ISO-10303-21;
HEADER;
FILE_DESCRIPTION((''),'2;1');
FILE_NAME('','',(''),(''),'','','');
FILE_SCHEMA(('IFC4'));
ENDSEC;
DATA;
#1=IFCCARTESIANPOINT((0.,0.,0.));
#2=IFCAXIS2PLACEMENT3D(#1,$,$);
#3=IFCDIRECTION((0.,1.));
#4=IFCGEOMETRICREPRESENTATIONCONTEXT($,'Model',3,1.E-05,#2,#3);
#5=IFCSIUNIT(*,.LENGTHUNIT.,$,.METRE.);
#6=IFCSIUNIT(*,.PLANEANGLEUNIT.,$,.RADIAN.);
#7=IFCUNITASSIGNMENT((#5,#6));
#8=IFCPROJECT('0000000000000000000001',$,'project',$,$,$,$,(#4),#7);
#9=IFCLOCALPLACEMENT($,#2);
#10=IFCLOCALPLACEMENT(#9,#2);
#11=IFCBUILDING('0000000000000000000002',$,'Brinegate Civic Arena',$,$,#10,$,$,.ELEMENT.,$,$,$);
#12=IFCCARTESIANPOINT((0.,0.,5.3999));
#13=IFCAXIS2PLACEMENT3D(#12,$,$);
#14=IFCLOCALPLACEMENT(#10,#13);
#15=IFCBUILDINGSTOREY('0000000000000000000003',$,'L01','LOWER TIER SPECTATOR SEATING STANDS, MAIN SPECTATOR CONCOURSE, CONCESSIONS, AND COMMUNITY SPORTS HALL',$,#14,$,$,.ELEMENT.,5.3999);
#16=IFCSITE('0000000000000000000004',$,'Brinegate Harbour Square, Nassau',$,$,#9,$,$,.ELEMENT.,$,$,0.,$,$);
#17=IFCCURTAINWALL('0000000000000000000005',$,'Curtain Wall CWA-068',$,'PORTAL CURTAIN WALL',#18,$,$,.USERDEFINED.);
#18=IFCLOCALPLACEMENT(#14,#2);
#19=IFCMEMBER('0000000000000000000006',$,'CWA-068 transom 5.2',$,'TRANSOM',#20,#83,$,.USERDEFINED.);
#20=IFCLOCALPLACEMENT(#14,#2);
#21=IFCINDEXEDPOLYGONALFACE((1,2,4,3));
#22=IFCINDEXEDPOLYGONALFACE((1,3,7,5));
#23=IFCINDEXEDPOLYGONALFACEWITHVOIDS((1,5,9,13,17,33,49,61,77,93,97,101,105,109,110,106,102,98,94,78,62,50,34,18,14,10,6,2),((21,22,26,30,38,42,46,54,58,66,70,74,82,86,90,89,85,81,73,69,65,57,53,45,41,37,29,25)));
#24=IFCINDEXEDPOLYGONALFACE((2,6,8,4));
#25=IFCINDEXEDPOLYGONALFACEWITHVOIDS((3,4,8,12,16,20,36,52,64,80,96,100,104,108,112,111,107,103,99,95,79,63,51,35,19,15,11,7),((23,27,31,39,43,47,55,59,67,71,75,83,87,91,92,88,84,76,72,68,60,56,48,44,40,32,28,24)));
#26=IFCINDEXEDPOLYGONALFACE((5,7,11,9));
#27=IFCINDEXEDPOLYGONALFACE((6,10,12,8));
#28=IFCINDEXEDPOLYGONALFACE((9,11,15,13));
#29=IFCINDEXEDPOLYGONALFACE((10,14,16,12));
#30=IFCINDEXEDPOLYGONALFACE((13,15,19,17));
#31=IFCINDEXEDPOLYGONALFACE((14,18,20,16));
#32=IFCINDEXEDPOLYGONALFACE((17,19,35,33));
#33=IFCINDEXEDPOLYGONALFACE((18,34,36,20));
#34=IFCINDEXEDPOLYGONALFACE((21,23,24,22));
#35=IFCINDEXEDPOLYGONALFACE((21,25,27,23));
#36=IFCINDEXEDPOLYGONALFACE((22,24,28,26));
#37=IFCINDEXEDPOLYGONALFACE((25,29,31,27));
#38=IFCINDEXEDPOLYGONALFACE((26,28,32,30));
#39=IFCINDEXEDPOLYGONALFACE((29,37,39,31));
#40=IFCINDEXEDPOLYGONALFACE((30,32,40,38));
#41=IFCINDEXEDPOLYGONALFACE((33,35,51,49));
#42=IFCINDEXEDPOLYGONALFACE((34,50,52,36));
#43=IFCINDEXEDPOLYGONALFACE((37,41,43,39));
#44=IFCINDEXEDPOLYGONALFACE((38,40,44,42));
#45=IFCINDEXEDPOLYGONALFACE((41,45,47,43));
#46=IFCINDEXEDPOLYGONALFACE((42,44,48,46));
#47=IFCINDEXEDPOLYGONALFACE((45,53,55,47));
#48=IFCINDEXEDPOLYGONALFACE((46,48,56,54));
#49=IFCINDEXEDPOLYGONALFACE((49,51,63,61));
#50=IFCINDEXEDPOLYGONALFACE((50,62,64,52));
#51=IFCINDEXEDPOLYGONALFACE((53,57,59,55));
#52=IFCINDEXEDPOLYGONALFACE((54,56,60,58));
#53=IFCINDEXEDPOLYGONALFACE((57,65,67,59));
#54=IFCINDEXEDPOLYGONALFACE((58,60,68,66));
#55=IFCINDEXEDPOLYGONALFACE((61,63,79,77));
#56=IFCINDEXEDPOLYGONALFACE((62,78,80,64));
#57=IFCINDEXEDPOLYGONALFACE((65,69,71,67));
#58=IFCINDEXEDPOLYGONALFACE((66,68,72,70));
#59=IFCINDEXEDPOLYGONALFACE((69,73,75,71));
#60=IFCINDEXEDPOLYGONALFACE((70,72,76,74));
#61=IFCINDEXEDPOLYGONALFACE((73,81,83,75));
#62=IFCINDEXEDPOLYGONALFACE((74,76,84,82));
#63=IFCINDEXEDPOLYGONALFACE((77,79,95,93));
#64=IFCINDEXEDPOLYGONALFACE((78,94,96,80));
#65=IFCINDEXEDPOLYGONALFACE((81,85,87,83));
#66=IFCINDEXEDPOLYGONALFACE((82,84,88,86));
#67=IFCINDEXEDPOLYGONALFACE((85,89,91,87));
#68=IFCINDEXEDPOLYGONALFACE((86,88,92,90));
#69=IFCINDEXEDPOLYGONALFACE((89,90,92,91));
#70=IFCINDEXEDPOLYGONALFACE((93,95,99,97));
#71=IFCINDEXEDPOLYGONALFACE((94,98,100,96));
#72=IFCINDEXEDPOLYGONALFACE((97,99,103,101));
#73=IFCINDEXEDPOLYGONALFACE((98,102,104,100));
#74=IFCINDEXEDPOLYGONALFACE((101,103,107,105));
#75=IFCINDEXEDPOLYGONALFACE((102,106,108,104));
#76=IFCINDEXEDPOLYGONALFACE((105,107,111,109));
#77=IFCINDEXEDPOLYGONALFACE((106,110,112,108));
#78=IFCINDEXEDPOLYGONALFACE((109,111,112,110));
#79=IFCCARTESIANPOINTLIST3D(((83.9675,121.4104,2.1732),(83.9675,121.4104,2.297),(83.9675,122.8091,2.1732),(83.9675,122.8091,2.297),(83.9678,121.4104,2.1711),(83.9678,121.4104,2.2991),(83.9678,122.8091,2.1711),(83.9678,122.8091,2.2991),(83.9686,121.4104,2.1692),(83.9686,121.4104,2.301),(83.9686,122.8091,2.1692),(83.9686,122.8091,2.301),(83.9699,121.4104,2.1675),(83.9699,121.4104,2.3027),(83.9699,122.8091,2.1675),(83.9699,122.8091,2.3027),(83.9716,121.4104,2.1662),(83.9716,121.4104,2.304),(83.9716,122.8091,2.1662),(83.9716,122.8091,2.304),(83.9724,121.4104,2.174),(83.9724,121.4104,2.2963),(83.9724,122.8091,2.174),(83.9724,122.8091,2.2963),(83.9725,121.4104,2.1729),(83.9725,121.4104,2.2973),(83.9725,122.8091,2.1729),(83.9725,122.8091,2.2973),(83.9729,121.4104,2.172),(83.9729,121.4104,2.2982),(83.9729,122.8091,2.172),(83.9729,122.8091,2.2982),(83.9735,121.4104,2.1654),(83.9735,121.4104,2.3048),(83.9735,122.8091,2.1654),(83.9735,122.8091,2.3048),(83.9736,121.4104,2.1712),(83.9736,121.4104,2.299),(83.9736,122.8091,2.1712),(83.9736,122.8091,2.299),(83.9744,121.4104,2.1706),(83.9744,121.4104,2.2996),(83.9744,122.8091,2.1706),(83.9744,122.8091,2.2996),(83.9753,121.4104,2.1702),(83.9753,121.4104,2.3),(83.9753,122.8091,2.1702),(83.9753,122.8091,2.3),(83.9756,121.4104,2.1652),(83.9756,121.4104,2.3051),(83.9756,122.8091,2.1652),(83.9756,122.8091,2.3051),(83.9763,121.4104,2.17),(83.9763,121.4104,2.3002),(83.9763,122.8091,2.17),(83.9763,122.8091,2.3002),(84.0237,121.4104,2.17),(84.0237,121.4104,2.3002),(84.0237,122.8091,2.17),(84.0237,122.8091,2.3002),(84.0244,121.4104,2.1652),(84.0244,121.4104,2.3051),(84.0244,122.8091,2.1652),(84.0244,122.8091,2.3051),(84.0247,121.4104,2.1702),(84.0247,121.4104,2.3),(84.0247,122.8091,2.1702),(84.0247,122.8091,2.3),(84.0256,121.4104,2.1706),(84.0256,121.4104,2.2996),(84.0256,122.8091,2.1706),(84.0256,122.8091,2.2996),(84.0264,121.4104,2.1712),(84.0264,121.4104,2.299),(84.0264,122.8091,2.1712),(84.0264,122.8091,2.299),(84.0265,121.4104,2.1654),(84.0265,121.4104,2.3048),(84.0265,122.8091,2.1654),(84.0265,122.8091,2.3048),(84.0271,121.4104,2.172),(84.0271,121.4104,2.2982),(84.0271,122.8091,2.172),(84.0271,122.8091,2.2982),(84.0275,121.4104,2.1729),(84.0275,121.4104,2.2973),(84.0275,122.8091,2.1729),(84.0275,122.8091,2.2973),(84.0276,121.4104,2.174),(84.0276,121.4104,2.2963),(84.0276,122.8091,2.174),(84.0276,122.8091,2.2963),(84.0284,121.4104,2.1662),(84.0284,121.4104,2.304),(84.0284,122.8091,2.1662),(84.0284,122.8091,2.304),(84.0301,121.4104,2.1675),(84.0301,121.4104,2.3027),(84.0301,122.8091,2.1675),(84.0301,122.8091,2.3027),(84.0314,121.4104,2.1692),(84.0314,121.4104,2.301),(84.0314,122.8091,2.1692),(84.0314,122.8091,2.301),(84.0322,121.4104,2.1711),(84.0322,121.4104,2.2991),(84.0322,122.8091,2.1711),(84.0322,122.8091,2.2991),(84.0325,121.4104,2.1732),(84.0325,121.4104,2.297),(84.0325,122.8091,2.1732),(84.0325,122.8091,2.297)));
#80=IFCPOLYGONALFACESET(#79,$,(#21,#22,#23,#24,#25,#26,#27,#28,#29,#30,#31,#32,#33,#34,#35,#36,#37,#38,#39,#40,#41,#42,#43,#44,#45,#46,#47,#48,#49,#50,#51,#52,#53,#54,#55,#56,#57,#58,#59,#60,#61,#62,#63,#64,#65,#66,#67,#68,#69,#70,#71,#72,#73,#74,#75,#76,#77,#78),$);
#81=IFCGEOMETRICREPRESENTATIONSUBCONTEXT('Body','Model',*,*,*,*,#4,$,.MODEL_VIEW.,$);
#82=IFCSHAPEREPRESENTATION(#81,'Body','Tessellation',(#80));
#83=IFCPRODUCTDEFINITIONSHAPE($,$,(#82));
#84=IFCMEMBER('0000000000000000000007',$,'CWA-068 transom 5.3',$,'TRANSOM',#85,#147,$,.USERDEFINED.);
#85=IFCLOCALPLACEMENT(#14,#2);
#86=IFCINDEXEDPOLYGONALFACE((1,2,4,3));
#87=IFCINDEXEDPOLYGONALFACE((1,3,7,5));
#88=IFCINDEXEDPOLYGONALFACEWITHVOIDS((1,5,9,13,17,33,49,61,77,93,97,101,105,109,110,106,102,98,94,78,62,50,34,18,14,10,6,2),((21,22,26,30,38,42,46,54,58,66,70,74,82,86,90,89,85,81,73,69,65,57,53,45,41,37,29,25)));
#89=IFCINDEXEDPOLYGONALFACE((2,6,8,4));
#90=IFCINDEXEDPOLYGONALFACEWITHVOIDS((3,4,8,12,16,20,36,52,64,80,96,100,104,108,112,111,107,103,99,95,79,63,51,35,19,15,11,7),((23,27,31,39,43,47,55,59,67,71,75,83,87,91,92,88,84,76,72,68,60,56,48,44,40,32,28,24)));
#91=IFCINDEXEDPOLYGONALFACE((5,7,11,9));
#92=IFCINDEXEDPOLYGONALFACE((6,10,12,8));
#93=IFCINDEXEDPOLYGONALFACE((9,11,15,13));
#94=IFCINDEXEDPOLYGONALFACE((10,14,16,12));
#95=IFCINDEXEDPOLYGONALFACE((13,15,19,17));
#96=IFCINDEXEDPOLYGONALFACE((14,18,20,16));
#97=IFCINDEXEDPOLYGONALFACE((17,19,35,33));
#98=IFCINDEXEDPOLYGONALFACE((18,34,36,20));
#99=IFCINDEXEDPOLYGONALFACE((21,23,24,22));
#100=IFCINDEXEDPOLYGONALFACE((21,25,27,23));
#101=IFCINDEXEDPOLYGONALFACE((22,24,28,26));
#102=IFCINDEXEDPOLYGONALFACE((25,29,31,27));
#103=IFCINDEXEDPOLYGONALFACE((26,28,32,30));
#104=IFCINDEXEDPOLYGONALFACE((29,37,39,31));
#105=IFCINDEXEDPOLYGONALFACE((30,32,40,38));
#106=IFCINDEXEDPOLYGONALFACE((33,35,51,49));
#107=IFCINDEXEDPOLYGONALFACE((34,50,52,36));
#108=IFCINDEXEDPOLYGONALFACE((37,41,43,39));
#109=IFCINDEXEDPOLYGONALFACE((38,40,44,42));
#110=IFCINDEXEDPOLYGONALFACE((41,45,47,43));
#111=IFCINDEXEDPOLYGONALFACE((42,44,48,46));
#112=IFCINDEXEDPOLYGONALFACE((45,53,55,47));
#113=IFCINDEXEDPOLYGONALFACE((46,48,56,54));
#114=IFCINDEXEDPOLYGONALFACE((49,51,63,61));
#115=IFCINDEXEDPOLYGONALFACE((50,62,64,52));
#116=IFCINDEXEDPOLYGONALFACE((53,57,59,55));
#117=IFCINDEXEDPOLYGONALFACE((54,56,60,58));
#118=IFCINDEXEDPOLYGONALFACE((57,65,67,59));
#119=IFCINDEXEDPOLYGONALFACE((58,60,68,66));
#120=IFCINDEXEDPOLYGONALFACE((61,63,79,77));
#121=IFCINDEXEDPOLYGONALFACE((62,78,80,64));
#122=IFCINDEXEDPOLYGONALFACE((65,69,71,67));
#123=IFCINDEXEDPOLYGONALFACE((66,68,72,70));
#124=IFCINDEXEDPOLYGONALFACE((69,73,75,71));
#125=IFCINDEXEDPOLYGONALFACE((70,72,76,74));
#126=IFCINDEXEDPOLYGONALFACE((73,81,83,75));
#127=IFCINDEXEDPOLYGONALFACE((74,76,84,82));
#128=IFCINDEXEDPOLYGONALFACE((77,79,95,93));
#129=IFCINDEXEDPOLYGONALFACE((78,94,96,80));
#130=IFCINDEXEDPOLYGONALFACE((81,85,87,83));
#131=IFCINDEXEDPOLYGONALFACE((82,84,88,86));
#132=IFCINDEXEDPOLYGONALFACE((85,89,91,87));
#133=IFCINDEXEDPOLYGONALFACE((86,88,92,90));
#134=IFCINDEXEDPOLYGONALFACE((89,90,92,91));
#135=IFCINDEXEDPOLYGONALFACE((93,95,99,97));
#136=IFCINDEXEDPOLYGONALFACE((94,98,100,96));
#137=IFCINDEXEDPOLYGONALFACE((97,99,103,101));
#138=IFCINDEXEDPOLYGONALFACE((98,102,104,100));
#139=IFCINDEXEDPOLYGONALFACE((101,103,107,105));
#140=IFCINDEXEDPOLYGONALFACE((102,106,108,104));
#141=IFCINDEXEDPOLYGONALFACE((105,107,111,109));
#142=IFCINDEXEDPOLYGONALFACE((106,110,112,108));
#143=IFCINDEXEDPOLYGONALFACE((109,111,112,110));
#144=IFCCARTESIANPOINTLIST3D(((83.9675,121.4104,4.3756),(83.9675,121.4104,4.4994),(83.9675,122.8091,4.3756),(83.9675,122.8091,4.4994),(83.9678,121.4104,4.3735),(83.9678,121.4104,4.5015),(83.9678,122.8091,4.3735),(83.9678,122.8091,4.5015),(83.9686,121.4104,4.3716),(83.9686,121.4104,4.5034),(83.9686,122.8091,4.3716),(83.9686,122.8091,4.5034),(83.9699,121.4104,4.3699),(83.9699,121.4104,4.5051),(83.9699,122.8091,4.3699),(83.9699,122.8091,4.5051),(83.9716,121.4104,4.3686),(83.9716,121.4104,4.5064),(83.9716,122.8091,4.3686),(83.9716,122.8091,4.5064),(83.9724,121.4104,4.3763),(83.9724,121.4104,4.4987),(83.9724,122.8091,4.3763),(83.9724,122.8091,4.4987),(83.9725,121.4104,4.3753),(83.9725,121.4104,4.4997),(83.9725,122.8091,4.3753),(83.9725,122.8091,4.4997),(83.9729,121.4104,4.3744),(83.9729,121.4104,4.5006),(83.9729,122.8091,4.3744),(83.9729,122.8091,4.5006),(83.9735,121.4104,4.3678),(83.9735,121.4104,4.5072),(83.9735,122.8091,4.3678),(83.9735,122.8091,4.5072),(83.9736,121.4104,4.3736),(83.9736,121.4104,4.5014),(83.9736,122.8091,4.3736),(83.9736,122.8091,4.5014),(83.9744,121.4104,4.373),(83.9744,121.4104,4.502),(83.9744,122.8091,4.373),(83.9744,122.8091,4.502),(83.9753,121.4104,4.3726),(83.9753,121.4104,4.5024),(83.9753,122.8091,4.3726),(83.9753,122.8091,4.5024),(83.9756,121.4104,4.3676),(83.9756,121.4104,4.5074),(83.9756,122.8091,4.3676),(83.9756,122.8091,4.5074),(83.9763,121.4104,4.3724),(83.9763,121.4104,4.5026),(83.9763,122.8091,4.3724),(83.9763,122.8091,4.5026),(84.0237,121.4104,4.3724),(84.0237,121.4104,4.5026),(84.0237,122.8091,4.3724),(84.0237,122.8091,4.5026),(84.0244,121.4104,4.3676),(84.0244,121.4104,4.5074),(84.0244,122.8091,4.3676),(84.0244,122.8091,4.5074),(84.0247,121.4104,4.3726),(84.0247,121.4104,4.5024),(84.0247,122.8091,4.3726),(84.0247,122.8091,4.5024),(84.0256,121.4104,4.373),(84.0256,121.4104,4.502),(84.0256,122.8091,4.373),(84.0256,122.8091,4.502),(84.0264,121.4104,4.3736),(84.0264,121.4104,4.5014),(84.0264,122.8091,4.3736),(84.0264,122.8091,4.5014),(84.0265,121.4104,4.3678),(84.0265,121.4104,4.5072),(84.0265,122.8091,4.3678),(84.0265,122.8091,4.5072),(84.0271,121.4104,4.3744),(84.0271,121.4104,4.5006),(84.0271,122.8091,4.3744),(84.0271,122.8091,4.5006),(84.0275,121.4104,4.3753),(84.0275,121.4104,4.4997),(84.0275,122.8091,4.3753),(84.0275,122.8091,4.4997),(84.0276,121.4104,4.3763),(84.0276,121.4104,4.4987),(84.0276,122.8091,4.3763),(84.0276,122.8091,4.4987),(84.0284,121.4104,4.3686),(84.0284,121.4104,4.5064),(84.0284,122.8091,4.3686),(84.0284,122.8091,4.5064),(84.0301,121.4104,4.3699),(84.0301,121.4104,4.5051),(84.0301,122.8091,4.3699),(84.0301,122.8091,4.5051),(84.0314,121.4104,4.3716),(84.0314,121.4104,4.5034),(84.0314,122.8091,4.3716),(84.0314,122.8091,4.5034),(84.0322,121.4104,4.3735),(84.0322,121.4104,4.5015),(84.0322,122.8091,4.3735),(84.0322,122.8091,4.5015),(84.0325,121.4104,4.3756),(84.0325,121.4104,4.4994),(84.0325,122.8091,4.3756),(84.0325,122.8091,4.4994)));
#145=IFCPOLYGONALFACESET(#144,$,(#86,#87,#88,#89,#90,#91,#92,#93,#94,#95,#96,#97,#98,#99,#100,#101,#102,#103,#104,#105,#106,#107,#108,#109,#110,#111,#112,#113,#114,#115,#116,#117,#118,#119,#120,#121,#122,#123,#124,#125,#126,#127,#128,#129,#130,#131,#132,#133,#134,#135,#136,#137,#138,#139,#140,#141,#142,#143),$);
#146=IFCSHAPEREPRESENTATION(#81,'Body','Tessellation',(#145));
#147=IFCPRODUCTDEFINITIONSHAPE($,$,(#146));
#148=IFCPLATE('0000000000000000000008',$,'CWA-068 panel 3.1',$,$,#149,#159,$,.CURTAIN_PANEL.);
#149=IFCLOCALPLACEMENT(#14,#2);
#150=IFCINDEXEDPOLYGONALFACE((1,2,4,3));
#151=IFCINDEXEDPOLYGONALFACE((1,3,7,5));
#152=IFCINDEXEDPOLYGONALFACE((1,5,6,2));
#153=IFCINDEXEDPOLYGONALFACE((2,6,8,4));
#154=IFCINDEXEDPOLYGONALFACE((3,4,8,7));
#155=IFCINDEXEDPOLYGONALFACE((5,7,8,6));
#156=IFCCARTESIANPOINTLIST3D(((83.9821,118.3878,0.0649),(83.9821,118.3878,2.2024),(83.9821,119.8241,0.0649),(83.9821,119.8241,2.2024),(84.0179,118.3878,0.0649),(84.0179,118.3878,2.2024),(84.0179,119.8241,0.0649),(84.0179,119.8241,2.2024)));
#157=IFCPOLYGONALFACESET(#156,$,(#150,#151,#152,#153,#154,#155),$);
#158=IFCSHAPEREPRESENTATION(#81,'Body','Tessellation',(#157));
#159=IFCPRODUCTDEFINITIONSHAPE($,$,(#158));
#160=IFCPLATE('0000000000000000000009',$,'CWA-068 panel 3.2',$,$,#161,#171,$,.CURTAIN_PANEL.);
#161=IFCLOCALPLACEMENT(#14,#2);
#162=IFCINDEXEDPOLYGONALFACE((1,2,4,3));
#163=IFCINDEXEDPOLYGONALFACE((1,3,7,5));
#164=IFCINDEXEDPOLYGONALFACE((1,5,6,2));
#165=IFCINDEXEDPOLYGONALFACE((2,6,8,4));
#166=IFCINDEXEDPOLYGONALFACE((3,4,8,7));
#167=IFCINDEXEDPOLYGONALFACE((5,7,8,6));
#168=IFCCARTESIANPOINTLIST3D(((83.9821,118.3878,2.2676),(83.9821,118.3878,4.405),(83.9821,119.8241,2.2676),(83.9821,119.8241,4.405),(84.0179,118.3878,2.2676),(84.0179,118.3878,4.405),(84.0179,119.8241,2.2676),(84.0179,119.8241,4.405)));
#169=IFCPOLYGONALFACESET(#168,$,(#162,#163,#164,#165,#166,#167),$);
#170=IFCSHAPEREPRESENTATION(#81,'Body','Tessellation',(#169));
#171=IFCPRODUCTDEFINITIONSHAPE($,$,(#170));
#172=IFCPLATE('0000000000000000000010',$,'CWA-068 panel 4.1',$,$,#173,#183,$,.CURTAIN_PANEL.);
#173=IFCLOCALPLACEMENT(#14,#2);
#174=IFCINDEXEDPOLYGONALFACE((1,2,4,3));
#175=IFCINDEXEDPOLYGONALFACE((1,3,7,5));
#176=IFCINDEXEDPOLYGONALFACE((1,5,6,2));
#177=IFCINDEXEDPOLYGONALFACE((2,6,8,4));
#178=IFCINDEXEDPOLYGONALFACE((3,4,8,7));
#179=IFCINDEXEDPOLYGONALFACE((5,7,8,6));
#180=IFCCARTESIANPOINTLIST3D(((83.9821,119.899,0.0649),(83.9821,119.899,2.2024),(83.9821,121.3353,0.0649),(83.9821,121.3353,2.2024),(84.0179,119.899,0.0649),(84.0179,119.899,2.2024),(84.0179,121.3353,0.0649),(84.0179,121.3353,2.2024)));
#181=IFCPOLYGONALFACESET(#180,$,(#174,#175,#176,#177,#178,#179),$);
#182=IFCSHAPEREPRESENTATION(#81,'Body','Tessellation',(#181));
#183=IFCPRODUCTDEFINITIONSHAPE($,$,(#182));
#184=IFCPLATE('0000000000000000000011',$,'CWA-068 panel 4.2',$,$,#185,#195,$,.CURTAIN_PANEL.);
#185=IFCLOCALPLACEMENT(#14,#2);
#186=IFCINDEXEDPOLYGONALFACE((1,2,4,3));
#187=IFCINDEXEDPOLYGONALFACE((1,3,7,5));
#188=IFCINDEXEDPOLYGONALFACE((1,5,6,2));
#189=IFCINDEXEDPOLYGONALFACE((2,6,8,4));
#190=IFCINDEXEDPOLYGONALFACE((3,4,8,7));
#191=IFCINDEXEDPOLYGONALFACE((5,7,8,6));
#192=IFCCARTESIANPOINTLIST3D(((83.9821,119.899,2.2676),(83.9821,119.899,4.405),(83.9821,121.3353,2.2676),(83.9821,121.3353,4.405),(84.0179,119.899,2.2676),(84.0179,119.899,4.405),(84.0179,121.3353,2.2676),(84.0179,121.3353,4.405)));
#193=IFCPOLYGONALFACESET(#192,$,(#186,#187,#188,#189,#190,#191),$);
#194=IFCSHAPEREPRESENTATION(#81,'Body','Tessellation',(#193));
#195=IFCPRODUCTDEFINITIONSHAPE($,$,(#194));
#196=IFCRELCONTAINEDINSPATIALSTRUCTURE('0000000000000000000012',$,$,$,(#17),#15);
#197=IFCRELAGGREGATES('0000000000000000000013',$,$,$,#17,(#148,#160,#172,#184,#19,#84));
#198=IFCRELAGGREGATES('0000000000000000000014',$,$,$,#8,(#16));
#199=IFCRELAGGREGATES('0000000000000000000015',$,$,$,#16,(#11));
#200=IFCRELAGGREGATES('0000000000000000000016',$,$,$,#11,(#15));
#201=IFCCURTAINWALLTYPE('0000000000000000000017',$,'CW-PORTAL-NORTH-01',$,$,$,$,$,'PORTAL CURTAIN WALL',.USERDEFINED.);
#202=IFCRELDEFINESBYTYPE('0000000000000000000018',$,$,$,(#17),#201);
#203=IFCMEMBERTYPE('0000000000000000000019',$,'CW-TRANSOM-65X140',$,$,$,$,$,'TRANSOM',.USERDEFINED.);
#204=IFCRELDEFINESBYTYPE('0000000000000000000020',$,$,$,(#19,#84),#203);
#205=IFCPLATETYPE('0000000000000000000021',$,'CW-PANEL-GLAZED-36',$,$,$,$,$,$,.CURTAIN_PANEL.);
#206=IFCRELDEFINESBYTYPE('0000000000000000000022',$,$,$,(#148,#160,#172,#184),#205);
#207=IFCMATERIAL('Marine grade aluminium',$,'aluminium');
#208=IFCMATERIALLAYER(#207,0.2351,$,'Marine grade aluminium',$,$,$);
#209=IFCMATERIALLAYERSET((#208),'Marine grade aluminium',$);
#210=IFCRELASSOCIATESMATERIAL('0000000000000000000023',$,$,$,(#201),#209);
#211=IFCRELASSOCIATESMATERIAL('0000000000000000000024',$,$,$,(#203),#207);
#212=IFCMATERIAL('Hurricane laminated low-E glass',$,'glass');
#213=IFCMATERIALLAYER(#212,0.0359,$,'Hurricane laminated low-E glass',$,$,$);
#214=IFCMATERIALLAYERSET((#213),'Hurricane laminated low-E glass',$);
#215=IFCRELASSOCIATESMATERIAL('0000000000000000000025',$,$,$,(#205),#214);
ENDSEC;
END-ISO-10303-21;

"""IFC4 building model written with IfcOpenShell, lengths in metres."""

from ifc_helpers import new_model, si_unit, direction, frame, origin, origin_2d, place, context, subcontext, project, spatial, rectangle, hollow_rectangle, extrude, material, layer, layer_set, material_profile, profile_set, type_object, element, aggregate, save


model = new_model("IFC4")

# Units and contexts
model_context = context("Model", 3, precision=1e-05, world=origin(), true_north=direction((0.0, 1.0)))
body_context = subcontext(model_context, "Body", "Model", "MODEL_VIEW")
ifc_project = project(units=[si_unit("LENGTHUNIT", "METRE"), si_unit("PLANEANGLEUNIT", "RADIAN")], contexts=[model_context])

# Site, building, storey
site_placement = place(None, origin())
site = spatial("IfcSite", under=ifc_project, at=site_placement, Name="Brinegate Harbour Square, Nassau", CompositionType="ELEMENT", RefElevation=0.0)
building_placement = place(site_placement, origin())
building = spatial("IfcBuilding", under=site, at=building_placement, Name="Brinegate Civic Arena", CompositionType="ELEMENT")
storey_placement = place(building_placement, frame((0.0, 0.0, 5.3999)))
storey = spatial("IfcBuildingStorey", under=building, at=storey_placement, Name="L01", Description="LOWER TIER SPECTATOR SEATING STANDS, MAIN SPECTATOR CONCOURSE, CONCESSIONS, AND COMMUNITY SPORTS HALL", CompositionType="ELEMENT", Elevation=5.3999)

# Curtain wall, members, plates
ifc_material_1 = material(Name="Marine grade aluminium", Category="aluminium")
ifc_layer_1 = layer(ifc_material_1, 0.2351, Name="Marine grade aluminium")
ifc_layer_set_1 = layer_set([ifc_layer_1], Name="Marine grade aluminium")
curtain_wall_type = type_object("IfcCurtainWallType", Name="CW-PORTAL-NORTH-01", ElementType="PORTAL CURTAIN WALL", PredefinedType="USERDEFINED", material=ifc_layer_set_1)
curtain_wall_placement = place(storey_placement, origin())
curtain_wall = element("IfcCurtainWall", 1, at=curtain_wall_placement, inside=storey, type_object=curtain_wall_type, Name="Curtain Wall CWA-068", ObjectType="PORTAL CURTAIN WALL", PredefinedType="USERDEFINED")
ifc_material_profile_1 = material_profile(ifc_material_1, hollow_rectangle(XDim=0.0649, YDim=0.1399, WallThickness=0.0049, InnerFilletRadius=0.0039, OuterFilletRadius=0.0081, at=origin_2d()), Name="TRN65X140")
ifc_profile_set_1 = profile_set([ifc_material_profile_1], Name="Marine grade aluminium")
member_type_1 = type_object("IfcMemberType", Name="CW-TRANSOM-65X140", ElementType="TRANSOM", PredefinedType="USERDEFINED", material=ifc_profile_set_1)
member_1_placement = place(storey_placement, frame((84.0, 121.4104, 2.2351), z_axis=(0.0, 1.0, 0.0), x_axis=(-1.0, 0.0, 0.0)))
member_1 = element("IfcMember", 2, at=member_1_placement, type_object=member_type_1, Name="CWA-068 transom 5.2", ObjectType="TRANSOM", PredefinedType="USERDEFINED", context=body_context, shape_type="SweptSolid", body=[
    extrude(hollow_rectangle(XDim=0.0649, YDim=0.1399, WallThickness=0.0049, InnerFilletRadius=0.0039, OuterFilletRadius=0.0081, at=origin_2d()), origin(), (0.0, 0.0, 1.0), 1.3987),
])
member_2_placement = place(storey_placement, frame((84.0, 121.4104, 4.4375), z_axis=(0.0, 1.0, 0.0), x_axis=(-1.0, 0.0, 0.0)))
member_2 = element("IfcMember", 3, at=member_2_placement, type_object=member_type_1, Name="CWA-068 transom 5.3", ObjectType="TRANSOM", PredefinedType="USERDEFINED", context=body_context, shape_type="SweptSolid", body=[
    extrude(hollow_rectangle(XDim=0.0649, YDim=0.1399, WallThickness=0.0049, InnerFilletRadius=0.0039, OuterFilletRadius=0.0081, at=origin_2d()), origin(), (0.0, 0.0, 1.0), 1.3987),
])
ifc_material_2 = material(Name="Hurricane laminated low-E glass", Category="glass")
ifc_layer_2 = layer(ifc_material_2, 0.0359, Name="Hurricane laminated low-E glass")
ifc_layer_set_2 = layer_set([ifc_layer_2], Name="Hurricane laminated low-E glass")
plate_type = type_object("IfcPlateType", Name="CW-PANEL-GLAZED-36", PredefinedType="CURTAIN_PANEL", material=ifc_layer_set_2)
plate_1_placement = place(storey_placement, frame((84.0, 119.106, 0.0649), z_axis=(0.0, 0.0, 1.0), x_axis=(0.0, 1.0, 0.0)))
plate_1 = element("IfcPlate", 4, at=plate_1_placement, type_object=plate_type, Name="CWA-068 panel 3.1", PredefinedType="CURTAIN_PANEL", context=body_context, shape_type="SweptSolid", body=[
    extrude(rectangle(XDim=1.4363, YDim=0.0359, at=origin_2d()), origin(), (0.0, 0.0, 1.0), 2.1375),
])
plate_2_placement = place(storey_placement, frame((84.0, 119.106, 2.2676), z_axis=(0.0, 0.0, 1.0), x_axis=(0.0, 1.0, 0.0)))
plate_2 = element("IfcPlate", 5, at=plate_2_placement, type_object=plate_type, Name="CWA-068 panel 3.2", PredefinedType="CURTAIN_PANEL", context=body_context, shape_type="SweptSolid", body=[
    extrude(rectangle(XDim=1.4363, YDim=0.0359, at=origin_2d()), origin(), (0.0, 0.0, 1.0), 2.1375),
])
plate_3_placement = place(storey_placement, frame((84.0, 120.6172, 0.0649), z_axis=(0.0, 0.0, 1.0), x_axis=(0.0, 1.0, 0.0)))
plate_3 = element("IfcPlate", 6, at=plate_3_placement, type_object=plate_type, Name="CWA-068 panel 4.1", PredefinedType="CURTAIN_PANEL", context=body_context, shape_type="SweptSolid", body=[
    extrude(rectangle(XDim=1.4363, YDim=0.0359, at=origin_2d()), origin(), (0.0, 0.0, 1.0), 2.1375),
])
plate_4_placement = place(storey_placement, frame((84.0, 120.6172, 2.2676), z_axis=(0.0, 0.0, 1.0), x_axis=(0.0, 1.0, 0.0)))
plate_4 = element("IfcPlate", 7, at=plate_4_placement, type_object=plate_type, Name="CWA-068 panel 4.2", PredefinedType="CURTAIN_PANEL", context=body_context, shape_type="SweptSolid", body=[
    extrude(rectangle(XDim=1.4363, YDim=0.0359, at=origin_2d()), origin(), (0.0, 0.0, 1.0), 2.1375),
])
aggregate(curtain_wall, [plate_1, plate_2, plate_3, plate_4, member_1, member_2])

save(model, "model.ifc")
